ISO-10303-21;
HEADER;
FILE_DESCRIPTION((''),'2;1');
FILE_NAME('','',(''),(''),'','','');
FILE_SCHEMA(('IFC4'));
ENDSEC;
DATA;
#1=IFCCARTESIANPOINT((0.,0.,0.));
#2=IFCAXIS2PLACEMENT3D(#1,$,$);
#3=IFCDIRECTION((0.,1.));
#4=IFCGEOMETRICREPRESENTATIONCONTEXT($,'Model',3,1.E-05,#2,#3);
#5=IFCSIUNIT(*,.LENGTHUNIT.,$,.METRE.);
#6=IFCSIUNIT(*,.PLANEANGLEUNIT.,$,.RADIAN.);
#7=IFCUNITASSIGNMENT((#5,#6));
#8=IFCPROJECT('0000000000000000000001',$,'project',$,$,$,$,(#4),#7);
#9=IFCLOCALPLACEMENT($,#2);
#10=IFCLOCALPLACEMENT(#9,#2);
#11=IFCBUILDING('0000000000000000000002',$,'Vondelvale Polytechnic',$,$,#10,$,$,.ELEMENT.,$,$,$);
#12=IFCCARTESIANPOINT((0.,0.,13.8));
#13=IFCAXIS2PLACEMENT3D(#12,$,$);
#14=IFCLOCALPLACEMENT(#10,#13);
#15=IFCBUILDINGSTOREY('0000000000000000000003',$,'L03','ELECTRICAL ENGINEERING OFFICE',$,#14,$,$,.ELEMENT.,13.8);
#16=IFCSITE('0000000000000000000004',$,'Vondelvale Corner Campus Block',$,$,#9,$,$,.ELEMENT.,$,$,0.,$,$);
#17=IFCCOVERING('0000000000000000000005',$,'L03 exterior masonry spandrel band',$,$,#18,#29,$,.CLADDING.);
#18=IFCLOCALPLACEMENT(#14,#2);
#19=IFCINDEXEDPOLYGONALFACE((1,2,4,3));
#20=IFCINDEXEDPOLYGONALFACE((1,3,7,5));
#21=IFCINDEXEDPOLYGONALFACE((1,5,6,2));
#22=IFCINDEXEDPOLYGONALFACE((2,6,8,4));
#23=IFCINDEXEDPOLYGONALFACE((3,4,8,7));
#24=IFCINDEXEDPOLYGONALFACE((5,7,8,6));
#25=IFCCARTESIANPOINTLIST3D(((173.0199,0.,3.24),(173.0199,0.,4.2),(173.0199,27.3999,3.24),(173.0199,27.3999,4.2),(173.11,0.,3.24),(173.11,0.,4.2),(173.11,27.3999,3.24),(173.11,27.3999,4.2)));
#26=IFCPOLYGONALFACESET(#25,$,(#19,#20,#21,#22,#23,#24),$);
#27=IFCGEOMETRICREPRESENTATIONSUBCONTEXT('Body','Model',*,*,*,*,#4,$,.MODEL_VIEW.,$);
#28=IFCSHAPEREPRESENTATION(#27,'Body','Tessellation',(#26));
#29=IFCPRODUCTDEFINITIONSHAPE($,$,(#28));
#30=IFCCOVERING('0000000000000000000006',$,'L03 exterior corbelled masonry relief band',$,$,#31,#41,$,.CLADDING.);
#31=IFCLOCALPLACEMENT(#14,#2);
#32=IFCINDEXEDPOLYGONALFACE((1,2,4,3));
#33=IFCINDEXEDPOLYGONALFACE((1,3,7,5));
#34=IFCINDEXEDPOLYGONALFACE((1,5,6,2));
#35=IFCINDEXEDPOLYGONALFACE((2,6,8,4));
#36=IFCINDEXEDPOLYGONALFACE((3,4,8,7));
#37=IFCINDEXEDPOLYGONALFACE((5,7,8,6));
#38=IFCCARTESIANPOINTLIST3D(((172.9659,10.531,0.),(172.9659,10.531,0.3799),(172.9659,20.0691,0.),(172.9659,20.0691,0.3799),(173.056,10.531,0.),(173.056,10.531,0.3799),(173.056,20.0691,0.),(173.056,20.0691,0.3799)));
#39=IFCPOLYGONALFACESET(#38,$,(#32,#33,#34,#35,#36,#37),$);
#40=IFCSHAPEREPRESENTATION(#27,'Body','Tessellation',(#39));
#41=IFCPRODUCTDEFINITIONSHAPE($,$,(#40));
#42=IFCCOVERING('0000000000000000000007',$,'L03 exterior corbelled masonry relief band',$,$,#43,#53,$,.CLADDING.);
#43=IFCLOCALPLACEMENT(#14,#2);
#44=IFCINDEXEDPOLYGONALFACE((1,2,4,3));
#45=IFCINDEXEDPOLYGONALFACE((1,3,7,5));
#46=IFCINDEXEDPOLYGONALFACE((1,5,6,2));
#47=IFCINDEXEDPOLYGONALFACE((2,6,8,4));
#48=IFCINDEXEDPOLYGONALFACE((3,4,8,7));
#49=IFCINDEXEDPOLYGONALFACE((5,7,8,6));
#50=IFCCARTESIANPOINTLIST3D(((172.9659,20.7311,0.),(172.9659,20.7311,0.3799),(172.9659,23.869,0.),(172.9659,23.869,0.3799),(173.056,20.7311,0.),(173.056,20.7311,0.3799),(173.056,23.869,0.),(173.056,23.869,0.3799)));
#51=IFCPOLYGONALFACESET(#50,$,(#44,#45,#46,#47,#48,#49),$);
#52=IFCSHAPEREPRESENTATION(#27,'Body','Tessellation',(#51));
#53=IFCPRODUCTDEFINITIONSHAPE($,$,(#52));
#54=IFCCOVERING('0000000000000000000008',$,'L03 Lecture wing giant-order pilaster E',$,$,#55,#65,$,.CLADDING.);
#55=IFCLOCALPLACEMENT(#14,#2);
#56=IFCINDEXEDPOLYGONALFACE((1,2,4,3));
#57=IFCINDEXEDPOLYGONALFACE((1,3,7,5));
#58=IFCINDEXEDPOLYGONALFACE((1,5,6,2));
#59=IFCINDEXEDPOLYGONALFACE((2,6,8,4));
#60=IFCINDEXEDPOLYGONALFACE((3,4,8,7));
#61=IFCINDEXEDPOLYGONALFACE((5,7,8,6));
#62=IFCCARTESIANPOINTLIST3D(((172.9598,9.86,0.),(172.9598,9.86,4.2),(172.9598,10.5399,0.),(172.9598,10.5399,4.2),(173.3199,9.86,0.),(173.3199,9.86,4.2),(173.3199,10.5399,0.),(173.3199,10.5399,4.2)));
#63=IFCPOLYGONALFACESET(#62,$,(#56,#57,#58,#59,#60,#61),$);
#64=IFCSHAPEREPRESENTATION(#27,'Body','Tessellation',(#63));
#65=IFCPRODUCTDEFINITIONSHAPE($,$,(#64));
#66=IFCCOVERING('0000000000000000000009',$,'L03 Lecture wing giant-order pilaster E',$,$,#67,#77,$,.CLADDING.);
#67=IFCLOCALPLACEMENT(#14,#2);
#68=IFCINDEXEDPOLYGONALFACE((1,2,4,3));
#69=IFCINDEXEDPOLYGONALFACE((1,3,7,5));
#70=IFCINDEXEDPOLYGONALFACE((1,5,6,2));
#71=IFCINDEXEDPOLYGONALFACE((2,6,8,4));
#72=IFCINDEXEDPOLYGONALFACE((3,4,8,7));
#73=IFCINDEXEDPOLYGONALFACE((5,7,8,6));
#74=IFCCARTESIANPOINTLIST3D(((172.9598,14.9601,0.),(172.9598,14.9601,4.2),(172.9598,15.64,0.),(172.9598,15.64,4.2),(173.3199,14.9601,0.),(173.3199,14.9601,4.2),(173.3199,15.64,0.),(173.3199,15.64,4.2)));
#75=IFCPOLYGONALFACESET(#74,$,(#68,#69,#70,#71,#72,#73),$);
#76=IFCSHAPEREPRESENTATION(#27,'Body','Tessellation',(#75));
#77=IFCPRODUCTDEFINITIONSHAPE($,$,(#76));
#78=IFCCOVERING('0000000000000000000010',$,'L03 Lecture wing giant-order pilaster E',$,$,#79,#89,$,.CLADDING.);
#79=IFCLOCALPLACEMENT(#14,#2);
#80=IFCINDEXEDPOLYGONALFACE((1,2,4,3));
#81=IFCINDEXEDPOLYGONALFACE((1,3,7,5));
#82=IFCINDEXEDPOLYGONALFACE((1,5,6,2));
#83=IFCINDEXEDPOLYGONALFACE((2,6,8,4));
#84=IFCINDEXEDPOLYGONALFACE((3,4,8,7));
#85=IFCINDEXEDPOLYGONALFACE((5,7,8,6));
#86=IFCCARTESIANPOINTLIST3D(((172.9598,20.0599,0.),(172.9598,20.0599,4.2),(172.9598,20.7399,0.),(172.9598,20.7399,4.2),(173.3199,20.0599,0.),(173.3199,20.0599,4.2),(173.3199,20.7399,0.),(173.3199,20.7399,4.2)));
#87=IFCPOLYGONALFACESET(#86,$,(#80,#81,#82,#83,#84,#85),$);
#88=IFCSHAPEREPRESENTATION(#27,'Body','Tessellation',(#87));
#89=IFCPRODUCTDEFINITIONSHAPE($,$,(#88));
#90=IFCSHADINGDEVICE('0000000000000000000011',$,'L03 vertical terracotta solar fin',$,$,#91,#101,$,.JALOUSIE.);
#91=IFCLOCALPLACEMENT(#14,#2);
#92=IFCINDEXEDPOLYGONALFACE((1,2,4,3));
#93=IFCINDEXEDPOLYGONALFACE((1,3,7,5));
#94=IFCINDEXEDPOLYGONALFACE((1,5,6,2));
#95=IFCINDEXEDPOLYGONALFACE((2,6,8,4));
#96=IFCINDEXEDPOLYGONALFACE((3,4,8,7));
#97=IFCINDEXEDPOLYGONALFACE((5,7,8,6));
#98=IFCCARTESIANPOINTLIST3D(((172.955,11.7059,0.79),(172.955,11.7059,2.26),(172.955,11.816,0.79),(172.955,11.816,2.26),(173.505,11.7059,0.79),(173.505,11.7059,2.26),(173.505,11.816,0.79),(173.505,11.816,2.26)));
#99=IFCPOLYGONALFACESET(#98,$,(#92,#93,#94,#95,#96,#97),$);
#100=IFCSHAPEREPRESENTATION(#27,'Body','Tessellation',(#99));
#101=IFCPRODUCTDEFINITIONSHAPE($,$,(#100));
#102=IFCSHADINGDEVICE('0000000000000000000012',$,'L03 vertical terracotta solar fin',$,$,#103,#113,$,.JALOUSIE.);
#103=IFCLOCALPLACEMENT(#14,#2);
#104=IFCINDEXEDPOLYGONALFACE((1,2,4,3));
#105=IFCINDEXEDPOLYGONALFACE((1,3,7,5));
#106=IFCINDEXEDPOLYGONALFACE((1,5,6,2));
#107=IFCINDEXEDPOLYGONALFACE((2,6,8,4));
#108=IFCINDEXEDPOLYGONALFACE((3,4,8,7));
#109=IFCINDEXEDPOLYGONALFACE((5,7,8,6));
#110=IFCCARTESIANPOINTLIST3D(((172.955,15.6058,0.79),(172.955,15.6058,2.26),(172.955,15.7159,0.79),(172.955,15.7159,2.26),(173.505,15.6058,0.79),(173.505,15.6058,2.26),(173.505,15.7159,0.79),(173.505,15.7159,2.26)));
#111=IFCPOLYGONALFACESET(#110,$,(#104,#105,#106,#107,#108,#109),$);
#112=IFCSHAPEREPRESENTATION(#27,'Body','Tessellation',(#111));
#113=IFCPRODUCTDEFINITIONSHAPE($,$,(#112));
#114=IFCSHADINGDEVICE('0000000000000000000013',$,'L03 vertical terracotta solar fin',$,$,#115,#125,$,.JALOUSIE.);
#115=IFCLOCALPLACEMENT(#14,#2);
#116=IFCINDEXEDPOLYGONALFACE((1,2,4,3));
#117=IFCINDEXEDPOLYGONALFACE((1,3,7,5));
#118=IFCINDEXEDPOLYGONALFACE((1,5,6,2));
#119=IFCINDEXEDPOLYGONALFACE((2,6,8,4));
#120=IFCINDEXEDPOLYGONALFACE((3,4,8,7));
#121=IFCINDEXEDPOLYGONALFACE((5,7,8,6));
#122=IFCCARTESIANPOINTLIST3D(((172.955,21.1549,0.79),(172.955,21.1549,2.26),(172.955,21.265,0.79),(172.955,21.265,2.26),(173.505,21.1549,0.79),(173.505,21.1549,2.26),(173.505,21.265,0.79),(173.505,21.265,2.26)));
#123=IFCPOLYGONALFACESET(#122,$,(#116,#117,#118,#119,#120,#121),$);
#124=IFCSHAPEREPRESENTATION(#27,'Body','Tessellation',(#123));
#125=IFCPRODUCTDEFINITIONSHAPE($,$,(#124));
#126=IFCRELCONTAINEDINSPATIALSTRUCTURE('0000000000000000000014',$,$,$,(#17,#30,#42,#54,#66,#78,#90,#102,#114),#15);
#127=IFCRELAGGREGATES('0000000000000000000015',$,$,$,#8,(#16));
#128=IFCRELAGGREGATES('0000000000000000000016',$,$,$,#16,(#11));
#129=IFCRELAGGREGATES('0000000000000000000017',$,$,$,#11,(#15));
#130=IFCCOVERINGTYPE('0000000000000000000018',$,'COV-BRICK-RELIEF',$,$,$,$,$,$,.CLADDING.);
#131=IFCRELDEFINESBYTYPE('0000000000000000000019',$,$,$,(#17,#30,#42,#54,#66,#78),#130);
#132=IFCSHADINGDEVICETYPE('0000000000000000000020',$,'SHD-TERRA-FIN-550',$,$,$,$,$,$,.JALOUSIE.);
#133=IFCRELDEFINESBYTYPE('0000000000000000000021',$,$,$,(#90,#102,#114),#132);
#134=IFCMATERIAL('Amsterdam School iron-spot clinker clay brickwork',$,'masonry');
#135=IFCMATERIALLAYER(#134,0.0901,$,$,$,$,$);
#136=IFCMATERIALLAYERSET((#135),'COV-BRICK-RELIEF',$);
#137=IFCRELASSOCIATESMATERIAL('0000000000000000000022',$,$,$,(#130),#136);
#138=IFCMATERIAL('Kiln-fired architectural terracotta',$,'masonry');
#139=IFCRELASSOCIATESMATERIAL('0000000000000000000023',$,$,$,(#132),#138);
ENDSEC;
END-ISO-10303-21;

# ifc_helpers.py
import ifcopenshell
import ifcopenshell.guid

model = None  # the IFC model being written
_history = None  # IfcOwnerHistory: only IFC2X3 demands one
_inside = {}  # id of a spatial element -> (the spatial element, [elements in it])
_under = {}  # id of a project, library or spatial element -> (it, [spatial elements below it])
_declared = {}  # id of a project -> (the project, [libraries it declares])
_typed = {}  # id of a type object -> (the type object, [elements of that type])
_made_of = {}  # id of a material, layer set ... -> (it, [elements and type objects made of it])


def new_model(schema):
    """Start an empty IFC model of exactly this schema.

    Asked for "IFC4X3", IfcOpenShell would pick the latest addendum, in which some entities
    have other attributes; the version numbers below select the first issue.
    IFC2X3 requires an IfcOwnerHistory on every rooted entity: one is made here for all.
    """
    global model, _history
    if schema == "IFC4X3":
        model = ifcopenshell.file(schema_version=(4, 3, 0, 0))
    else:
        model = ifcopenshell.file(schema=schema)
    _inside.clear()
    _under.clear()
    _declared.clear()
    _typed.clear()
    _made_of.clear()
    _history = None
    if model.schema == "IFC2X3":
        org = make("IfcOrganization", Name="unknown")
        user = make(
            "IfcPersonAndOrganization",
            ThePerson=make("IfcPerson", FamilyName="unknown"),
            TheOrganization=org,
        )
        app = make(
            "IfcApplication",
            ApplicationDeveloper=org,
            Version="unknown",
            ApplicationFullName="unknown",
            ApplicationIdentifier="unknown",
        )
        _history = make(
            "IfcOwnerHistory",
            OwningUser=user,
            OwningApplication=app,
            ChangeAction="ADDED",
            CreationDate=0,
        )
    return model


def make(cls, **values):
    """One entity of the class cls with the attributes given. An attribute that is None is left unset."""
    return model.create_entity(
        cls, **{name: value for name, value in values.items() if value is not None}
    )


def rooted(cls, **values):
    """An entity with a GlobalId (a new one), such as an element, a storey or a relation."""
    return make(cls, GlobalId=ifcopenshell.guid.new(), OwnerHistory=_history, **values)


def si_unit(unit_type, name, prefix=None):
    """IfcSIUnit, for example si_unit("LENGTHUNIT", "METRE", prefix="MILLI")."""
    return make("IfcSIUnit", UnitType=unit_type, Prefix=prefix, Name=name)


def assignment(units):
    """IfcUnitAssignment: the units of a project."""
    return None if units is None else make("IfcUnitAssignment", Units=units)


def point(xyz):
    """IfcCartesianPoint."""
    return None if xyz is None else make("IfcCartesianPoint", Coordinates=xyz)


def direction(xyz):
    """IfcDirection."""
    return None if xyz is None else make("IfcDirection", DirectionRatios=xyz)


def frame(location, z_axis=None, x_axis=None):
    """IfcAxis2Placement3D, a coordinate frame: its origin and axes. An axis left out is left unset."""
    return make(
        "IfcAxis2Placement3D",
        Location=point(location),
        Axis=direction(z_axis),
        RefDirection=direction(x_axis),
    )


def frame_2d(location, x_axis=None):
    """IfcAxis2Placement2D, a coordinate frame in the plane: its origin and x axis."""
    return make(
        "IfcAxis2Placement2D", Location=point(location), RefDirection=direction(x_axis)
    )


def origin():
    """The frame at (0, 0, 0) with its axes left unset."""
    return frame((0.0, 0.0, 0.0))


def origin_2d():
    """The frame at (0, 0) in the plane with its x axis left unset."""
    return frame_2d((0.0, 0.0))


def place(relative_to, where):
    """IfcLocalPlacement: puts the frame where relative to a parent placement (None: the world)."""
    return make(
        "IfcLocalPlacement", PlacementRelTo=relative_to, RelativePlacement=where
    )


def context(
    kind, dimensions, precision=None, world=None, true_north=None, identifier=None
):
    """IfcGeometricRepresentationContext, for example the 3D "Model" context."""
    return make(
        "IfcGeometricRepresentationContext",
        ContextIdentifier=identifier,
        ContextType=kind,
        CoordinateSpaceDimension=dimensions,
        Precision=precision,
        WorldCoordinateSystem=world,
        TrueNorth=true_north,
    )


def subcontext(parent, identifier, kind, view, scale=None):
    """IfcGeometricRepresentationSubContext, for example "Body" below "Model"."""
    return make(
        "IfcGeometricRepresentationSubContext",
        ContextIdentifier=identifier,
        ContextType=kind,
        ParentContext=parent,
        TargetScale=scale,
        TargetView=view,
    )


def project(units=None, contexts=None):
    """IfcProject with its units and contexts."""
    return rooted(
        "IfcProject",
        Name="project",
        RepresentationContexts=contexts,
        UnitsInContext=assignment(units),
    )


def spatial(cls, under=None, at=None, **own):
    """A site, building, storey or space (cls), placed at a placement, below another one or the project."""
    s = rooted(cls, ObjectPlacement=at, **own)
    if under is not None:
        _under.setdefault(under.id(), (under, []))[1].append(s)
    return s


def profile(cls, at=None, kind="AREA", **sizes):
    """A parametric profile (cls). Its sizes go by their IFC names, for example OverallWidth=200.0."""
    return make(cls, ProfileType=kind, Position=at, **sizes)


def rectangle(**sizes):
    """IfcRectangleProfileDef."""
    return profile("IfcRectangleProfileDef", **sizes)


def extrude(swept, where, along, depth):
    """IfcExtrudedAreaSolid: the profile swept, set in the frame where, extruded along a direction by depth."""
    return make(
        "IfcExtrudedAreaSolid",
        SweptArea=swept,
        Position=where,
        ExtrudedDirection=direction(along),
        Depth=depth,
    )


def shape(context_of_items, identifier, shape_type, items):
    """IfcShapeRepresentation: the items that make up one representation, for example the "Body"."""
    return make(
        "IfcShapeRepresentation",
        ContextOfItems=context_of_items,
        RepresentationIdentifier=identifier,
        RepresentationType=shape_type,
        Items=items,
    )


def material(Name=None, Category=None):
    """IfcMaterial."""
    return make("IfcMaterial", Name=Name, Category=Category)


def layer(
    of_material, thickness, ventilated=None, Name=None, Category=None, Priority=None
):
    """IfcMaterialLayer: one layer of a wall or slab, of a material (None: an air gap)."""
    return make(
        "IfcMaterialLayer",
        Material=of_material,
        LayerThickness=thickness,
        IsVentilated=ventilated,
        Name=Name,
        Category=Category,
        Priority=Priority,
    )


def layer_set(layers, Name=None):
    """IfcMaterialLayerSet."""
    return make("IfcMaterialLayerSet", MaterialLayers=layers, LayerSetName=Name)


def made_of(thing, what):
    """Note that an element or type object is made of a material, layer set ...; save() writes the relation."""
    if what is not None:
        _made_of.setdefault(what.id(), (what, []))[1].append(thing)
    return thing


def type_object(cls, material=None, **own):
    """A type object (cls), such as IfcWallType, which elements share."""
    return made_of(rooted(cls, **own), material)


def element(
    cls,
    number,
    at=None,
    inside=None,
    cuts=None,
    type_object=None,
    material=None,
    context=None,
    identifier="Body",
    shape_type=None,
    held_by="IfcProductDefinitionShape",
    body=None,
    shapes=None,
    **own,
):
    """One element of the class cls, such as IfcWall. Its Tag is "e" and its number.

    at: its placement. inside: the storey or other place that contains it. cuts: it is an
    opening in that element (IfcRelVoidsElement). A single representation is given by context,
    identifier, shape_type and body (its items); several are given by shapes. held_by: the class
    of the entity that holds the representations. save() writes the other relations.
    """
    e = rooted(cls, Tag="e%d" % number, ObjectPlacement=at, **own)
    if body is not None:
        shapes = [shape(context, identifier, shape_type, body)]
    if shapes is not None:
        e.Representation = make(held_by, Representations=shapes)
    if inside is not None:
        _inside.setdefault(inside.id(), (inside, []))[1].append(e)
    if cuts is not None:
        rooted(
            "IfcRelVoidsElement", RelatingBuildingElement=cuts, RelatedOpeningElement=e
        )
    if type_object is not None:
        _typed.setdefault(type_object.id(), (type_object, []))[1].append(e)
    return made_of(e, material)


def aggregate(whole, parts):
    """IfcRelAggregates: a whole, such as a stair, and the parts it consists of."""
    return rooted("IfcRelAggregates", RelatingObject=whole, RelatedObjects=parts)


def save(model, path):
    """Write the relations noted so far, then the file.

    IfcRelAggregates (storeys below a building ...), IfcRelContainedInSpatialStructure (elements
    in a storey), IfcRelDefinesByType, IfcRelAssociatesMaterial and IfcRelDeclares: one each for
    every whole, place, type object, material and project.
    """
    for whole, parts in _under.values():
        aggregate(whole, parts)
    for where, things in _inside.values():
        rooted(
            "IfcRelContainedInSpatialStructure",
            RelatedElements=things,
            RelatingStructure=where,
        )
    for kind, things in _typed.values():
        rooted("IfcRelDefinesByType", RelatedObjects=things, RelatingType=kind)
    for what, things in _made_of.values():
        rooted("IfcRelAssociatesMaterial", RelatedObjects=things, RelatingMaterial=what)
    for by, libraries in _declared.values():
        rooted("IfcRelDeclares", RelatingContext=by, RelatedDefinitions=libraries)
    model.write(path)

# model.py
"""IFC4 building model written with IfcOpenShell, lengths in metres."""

from ifc_helpers import new_model, si_unit, direction, frame, origin, origin_2d, place, context, subcontext, project, spatial, rectangle, extrude, material, layer, layer_set, type_object, element, save


model = new_model("IFC4")

# Units and contexts
model_context = context("Model", 3, precision=1e-05, world=origin(), true_north=direction((0.0, 1.0)))
body_context = subcontext(model_context, "Body", "Model", "MODEL_VIEW")
ifc_project = project(units=[si_unit("LENGTHUNIT", "METRE"), si_unit("PLANEANGLEUNIT", "RADIAN")], contexts=[model_context])

# Site, building, storey
site_placement = place(None, origin())
site = spatial("IfcSite", under=ifc_project, at=site_placement, Name="Vondelvale Corner Campus Block", CompositionType="ELEMENT", RefElevation=0.0)
building_placement = place(site_placement, origin())
building = spatial("IfcBuilding", under=site, at=building_placement, Name="Vondelvale Polytechnic", CompositionType="ELEMENT")
storey_placement = place(building_placement, frame((0.0, 0.0, 13.8)))
storey = spatial("IfcBuildingStorey", under=building, at=storey_placement, Name="L03", Description="ELECTRICAL ENGINEERING OFFICE", CompositionType="ELEMENT", Elevation=13.8)

# Shared definitions
ifc_material_1 = material(Name="Amsterdam School iron-spot clinker clay brickwork", Category="masonry")

# Coverings
ifc_layer_1 = layer(ifc_material_1, 0.0901)
ifc_layer_set_1 = layer_set([ifc_layer_1], Name="COV-BRICK-RELIEF")
covering_type = type_object("IfcCoveringType", Name="COV-BRICK-RELIEF", PredefinedType="CLADDING", material=ifc_layer_set_1)
covering_1_placement = place(storey_placement, frame((173.0649, 13.7, 3.24), z_axis=(0.0, 0.0, 1.0), x_axis=(0.0, 1.0, 0.0)))
element("IfcCovering", 1, at=covering_1_placement, inside=storey, type_object=covering_type, Name="L03 exterior masonry spandrel band", PredefinedType="CLADDING", context=body_context, shape_type="SweptSolid", body=[
    extrude(rectangle(XDim=27.3999, YDim=0.0901, at=origin_2d()), origin(), (0.0, 0.0, 1.0), 0.96),
])
covering_2_placement = place(storey_placement, frame((173.011, 15.3, 0.0), z_axis=(0.0, 0.0, 1.0), x_axis=(0.0, -1.0, 0.0)))
element("IfcCovering", 2, at=covering_2_placement, inside=storey, type_object=covering_type, Name="L03 exterior corbelled masonry relief band", PredefinedType="CLADDING", context=body_context, shape_type="SweptSolid", body=[
    extrude(rectangle(XDim=9.5381, YDim=0.0901, at=origin_2d()), origin(), (0.0, 0.0, 1.0), 0.3799),
])
covering_3_placement = place(storey_placement, frame((173.011, 22.3, 0.0), z_axis=(0.0, 0.0, 1.0), x_axis=(0.0, -1.0, 0.0)))
element("IfcCovering", 3, at=covering_3_placement, inside=storey, type_object=covering_type, Name="L03 exterior corbelled masonry relief band", PredefinedType="CLADDING", context=body_context, shape_type="SweptSolid", body=[
    extrude(rectangle(XDim=3.1379, YDim=0.0901, at=origin_2d()), origin(), (0.0, 0.0, 1.0), 0.3799),
])
for number, where, z_axis, x_axis, name in (
    (4, (173.1399, 10.2, 0.0), (0.0, 0.0, 1.0), (1.0, 0.0, 0.0), "L03 Lecture wing giant-order pilaster E"),
    (5, (173.1399, 15.3, 0.0), (0.0, 0.0, 1.0), (1.0, 0.0, 0.0), "L03 Lecture wing giant-order pilaster E"),
    (6, (173.1399, 20.3999, 0.0), (0.0, 0.0, 1.0), (1.0, 0.0, 0.0), "L03 Lecture wing giant-order pilaster E"),
):
    element("IfcCovering", number, at=place(storey_placement, frame(where, z_axis=z_axis, x_axis=x_axis)), inside=storey, type_object=covering_type, Name=name, PredefinedType="CLADDING", context=body_context, shape_type="SweptSolid", body=[
        extrude(rectangle(XDim=0.3601, YDim=0.6799, at=origin_2d()), origin(), (0.0, 0.0, 1.0), 4.2),
    ])

# Shading devices
ifc_material_2 = material(Name="Kiln-fired architectural terracotta", Category="masonry")
shading_device_type = type_object("IfcShadingDeviceType", Name="SHD-TERRA-FIN-550", PredefinedType="JALOUSIE", material=ifc_material_2)
for number, where, z_axis, x_axis, name in (
    (7, (173.23, 11.761, 0.79), (0.0, 0.0, 1.0), (0.0, -1.0, 0.0), "L03 vertical terracotta solar fin"),
    (8, (173.23, 15.6609, 0.79), (0.0, 0.0, 1.0), (0.0, -1.0, 0.0), "L03 vertical terracotta solar fin"),
    (9, (173.23, 21.21, 0.79), (0.0, 0.0, 1.0), (0.0, -1.0, 0.0), "L03 vertical terracotta solar fin"),
):
    element("IfcShadingDevice", number, at=place(storey_placement, frame(where, z_axis=z_axis, x_axis=x_axis)), inside=storey, type_object=shading_device_type, Name=name, PredefinedType="JALOUSIE", context=body_context, shape_type="SweptSolid", body=[
        extrude(rectangle(XDim=0.1101, YDim=0.55, at=origin_2d()), origin(), (0.0, 0.0, 1.0), 1.47),
    ])

save(model, "model.ifc")
